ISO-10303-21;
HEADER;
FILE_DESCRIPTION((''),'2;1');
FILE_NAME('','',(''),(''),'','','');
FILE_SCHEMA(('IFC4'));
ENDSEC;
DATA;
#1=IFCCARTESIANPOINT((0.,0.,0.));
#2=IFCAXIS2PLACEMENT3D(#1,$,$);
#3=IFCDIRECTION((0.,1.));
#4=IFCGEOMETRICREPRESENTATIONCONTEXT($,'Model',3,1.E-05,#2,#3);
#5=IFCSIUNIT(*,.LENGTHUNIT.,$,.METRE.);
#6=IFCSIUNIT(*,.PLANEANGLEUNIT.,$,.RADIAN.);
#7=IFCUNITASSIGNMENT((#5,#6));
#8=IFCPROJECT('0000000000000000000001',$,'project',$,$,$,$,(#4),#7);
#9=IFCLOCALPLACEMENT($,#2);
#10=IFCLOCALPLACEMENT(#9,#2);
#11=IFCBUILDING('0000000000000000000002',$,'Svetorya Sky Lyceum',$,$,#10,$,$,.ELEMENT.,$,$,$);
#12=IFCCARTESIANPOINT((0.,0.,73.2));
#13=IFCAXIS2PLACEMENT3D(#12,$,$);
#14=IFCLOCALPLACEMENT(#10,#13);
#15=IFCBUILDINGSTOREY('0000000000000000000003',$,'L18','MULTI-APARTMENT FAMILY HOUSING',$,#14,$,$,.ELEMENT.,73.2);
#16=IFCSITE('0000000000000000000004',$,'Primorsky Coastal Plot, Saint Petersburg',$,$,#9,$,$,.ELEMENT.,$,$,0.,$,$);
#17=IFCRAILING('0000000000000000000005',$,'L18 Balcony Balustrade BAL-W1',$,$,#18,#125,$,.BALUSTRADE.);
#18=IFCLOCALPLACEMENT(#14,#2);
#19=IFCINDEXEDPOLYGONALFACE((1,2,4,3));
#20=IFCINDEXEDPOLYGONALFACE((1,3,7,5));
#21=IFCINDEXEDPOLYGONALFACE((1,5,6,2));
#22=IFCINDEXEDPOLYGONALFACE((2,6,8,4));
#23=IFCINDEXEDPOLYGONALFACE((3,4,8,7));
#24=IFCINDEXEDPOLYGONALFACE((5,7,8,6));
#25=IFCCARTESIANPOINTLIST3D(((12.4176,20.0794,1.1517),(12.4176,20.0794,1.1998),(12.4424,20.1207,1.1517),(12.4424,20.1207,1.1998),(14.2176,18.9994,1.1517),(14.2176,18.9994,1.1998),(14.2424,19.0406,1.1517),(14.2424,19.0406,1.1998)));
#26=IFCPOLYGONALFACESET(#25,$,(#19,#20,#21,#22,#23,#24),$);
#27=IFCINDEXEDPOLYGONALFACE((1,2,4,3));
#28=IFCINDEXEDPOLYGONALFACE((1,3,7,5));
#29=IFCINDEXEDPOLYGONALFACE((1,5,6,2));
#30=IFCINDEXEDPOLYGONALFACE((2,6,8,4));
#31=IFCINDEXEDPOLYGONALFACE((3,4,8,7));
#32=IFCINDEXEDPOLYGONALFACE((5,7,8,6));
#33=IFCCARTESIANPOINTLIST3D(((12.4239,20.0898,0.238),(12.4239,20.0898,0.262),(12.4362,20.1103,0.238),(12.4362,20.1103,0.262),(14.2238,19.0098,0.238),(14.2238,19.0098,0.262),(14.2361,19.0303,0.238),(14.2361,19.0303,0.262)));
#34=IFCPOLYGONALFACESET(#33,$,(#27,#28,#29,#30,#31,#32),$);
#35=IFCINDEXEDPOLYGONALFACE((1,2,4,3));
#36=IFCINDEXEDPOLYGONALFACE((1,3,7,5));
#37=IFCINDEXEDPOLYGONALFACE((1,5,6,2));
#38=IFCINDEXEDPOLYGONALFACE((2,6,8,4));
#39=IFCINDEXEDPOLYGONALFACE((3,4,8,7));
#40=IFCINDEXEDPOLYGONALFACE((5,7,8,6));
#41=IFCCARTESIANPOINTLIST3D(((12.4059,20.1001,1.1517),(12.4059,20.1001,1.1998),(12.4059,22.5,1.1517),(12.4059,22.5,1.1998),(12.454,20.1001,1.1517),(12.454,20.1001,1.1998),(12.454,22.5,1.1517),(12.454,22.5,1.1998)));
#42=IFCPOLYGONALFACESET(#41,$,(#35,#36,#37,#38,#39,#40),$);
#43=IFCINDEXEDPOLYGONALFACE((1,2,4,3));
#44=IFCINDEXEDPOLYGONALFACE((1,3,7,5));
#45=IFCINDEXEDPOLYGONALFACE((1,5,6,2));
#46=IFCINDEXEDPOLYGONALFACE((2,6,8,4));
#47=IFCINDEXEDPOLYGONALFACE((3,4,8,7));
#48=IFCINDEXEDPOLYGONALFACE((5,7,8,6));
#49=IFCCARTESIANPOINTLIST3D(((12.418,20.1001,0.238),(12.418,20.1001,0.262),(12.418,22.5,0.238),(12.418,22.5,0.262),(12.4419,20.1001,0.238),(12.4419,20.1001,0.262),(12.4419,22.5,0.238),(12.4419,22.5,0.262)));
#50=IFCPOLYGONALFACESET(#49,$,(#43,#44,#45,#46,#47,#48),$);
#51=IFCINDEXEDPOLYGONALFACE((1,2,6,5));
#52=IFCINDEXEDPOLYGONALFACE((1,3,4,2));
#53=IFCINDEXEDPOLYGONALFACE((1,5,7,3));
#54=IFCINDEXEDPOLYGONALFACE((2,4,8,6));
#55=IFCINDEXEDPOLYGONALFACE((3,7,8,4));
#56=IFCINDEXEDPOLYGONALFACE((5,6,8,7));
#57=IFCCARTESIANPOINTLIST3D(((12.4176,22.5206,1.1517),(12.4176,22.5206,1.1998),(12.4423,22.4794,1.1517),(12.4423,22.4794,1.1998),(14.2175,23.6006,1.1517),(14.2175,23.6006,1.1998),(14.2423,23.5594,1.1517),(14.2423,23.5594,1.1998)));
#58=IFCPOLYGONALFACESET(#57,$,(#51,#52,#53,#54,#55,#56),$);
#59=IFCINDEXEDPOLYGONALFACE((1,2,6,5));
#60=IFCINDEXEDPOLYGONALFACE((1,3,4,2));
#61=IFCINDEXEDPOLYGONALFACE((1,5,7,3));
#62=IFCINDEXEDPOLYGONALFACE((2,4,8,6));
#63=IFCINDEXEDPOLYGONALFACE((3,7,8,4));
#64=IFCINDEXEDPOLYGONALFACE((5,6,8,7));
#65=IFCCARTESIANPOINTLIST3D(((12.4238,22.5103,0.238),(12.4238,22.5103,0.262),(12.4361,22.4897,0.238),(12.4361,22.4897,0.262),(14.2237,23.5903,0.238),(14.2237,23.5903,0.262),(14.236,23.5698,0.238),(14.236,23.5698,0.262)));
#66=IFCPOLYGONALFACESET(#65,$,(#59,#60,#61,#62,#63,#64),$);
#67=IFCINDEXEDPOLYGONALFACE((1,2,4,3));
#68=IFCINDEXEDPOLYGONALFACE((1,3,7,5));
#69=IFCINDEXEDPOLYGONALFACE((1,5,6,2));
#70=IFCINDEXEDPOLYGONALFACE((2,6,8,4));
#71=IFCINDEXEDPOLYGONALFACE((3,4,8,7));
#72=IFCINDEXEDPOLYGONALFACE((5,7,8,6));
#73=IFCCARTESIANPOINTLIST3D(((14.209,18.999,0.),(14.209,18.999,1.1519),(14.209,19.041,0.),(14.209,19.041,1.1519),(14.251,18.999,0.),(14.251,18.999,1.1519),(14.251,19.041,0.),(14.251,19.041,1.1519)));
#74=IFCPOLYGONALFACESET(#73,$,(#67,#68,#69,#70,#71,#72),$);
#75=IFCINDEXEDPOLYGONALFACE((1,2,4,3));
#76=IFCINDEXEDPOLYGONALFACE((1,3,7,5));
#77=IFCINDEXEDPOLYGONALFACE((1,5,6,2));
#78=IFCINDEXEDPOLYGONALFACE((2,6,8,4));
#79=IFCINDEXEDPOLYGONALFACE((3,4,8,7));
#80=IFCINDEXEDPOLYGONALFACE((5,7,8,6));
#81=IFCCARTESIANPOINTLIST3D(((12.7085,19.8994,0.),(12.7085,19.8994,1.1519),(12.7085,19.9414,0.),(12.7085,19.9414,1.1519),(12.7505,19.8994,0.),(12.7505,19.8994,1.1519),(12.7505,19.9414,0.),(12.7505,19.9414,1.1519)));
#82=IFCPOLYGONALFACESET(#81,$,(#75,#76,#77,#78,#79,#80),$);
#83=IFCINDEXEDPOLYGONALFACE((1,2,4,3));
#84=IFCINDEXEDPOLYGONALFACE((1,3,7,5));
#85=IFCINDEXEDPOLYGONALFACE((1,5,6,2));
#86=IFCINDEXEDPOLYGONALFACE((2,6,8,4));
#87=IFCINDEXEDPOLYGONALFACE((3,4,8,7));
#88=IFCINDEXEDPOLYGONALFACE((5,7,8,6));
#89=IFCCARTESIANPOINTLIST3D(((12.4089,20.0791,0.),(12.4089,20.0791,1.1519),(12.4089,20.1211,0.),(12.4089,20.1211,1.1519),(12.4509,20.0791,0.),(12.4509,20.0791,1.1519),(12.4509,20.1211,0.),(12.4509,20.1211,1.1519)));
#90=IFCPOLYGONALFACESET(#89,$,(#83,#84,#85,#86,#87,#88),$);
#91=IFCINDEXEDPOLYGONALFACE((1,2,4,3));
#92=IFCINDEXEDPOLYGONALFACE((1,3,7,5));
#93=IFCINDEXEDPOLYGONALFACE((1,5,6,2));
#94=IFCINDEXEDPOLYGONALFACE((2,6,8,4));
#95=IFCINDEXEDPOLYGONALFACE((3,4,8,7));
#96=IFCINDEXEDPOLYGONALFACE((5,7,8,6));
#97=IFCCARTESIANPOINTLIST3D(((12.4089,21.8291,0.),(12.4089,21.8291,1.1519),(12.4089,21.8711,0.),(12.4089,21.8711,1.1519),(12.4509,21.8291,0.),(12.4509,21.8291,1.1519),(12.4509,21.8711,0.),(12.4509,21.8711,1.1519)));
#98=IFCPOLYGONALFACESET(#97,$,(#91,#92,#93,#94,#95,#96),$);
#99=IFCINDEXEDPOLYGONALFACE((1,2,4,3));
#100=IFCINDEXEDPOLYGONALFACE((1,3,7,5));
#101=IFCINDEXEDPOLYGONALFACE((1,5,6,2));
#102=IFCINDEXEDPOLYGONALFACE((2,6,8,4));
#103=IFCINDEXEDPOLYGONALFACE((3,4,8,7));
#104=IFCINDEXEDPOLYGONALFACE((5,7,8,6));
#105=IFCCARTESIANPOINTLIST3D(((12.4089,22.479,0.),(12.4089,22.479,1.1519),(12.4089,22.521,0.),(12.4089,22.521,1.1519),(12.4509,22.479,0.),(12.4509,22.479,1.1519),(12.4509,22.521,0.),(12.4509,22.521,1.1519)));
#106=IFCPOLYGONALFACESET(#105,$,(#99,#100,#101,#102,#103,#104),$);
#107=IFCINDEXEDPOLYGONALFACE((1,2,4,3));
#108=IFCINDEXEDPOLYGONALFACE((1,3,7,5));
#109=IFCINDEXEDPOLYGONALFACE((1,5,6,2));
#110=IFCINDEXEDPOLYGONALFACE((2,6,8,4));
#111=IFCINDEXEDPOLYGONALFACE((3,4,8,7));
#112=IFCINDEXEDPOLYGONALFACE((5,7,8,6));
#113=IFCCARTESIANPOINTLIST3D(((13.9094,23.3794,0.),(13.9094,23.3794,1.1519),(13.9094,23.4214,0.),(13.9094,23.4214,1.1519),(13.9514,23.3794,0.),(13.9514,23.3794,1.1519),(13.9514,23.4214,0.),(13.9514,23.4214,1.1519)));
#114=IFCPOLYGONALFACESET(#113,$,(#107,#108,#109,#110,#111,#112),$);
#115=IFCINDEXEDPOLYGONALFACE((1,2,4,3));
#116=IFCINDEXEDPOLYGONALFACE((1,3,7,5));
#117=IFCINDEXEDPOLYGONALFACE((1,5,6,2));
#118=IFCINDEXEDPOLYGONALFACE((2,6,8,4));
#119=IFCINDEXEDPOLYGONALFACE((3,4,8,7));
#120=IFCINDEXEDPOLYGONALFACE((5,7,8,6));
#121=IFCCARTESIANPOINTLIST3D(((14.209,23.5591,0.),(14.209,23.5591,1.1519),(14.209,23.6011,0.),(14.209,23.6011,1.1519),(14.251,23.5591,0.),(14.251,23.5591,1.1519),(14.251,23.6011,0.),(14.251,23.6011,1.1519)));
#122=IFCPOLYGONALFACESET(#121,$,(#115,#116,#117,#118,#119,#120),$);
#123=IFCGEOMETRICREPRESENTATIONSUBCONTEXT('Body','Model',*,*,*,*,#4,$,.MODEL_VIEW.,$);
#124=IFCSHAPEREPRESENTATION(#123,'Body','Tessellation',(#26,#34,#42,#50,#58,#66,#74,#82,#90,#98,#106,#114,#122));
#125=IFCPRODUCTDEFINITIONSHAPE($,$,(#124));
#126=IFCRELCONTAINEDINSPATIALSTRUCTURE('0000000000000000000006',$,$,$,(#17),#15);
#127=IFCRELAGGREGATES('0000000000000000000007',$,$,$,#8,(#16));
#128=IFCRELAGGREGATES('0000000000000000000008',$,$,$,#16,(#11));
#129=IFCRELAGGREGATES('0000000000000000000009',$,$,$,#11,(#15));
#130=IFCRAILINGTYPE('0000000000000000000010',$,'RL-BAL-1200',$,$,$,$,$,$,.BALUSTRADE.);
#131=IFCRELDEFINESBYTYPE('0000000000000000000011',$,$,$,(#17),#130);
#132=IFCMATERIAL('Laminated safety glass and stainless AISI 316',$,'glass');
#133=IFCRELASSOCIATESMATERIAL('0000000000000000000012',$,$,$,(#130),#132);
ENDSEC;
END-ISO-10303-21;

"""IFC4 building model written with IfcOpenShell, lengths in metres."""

from ifc_helpers import new_model, si_unit, direction, frame, origin, origin_2d, place, context, subcontext, project, spatial, rectangle, extrude, material, type_object, element, save


model = new_model("IFC4")

# Units and contexts
model_context = context("Model", 3, precision=1e-05, world=origin(), true_north=direction((0.0, 1.0)))
body_context = subcontext(model_context, "Body", "Model", "MODEL_VIEW")
ifc_project = project(units=[si_unit("LENGTHUNIT", "METRE"), si_unit("PLANEANGLEUNIT", "RADIAN")], contexts=[model_context])

# Site, building, storey
site_placement = place(None, origin())
site = spatial("IfcSite", under=ifc_project, at=site_placement, Name="Primorsky Coastal Plot, Saint Petersburg", CompositionType="ELEMENT", RefElevation=0.0)
building_placement = place(site_placement, origin())
building = spatial("IfcBuilding", under=site, at=building_placement, Name="Svetorya Sky Lyceum", CompositionType="ELEMENT")
storey_placement = place(building_placement, frame((0.0, 0.0, 73.2)))
storey = spatial("IfcBuildingStorey", under=building, at=storey_placement, Name="L18", Description="MULTI-APARTMENT FAMILY HOUSING", CompositionType="ELEMENT", Elevation=73.2)

# Railing
ifc_material_1 = material(Name="Laminated safety glass and stainless AISI 316", Category="glass")
railing_type = type_object("IfcRailingType", Name="RL-BAL-1200", PredefinedType="BALUSTRADE", material=ifc_material_1)
railing_placement = place(storey_placement, frame((14.23, 19.02, 0.0)))
element("IfcRailing", 1, at=railing_placement, inside=storey, type_object=railing_type, Name="L18 Balcony Balustrade BAL-W1", PredefinedType="BALUSTRADE", context=body_context, shape_type="SweptSolid", body=[
    extrude(rectangle(XDim=0.0481, YDim=0.0481, at=origin_2d()), frame((0.0, 0.0, 1.1758), z_axis=(-0.857483, 0.514513, 0.0), x_axis=(-0.514513, -0.857483, 0.0)), (0.0, 0.0, 1.0), 2.0991),
    extrude(rectangle(XDim=0.0239, YDim=0.0239, at=origin_2d()), frame((0.0, 0.0, 0.25), z_axis=(-0.857483, 0.514513, 0.0), x_axis=(-0.514513, -0.857483, 0.0)), (0.0, 0.0, 1.0), 2.0991),
    extrude(rectangle(XDim=0.0481, YDim=0.0481, at=origin_2d()), frame((-1.8, 1.0801, 1.1758), z_axis=(0.0, 1.0, 0.0), x_axis=(-1.0, 0.0, 0.0)), (0.0, 0.0, 1.0), 2.3999),
    extrude(rectangle(XDim=0.0239, YDim=0.0239, at=origin_2d()), frame((-1.8, 1.0801, 0.25), z_axis=(0.0, 1.0, 0.0), x_axis=(-1.0, 0.0, 0.0)), (0.0, 0.0, 1.0), 2.3999),
    extrude(rectangle(XDim=0.0481, YDim=0.0481, at=origin_2d()), frame((-1.8, 3.48, 1.1758), z_axis=(0.857483, 0.514513, 0.0), x_axis=(-0.514513, 0.857483, 0.0)), (0.0, 0.0, 1.0), 2.0991),
    extrude(rectangle(XDim=0.0239, YDim=0.0239, at=origin_2d()), frame((-1.8, 3.48, 0.25), z_axis=(0.857483, 0.514513, 0.0), x_axis=(-0.514513, 0.857483, 0.0)), (0.0, 0.0, 1.0), 2.0991),
    extrude(rectangle(XDim=0.042, YDim=0.042, at=origin_2d()), origin(), (0.0, 0.0, 1.0), 1.1519),
    extrude(rectangle(XDim=0.042, YDim=0.042, at=origin_2d()), frame((-1.5005, 0.9004, 0.0)), (0.0, 0.0, 1.0), 1.1519),
    extrude(rectangle(XDim=0.042, YDim=0.042, at=origin_2d()), frame((-1.8, 1.0801, 0.0)), (0.0, 0.0, 1.0), 1.1519),
    extrude(rectangle(XDim=0.042, YDim=0.042, at=origin_2d()), frame((-1.8, 2.8301, 0.0)), (0.0, 0.0, 1.0), 1.1519),
    extrude(rectangle(XDim=0.042, YDim=0.042, at=origin_2d()), frame((-1.8, 3.48, 0.0)), (0.0, 0.0, 1.0), 1.1519),
    extrude(rectangle(XDim=0.042, YDim=0.042, at=origin_2d()), frame((-0.2996, 4.3804, 0.0)), (0.0, 0.0, 1.0), 1.1519),
    extrude(rectangle(XDim=0.042, YDim=0.042, at=origin_2d()), frame((0.0, 4.5601, 0.0)), (0.0, 0.0, 1.0), 1.1519),
])

save(model, "model.ifc")
